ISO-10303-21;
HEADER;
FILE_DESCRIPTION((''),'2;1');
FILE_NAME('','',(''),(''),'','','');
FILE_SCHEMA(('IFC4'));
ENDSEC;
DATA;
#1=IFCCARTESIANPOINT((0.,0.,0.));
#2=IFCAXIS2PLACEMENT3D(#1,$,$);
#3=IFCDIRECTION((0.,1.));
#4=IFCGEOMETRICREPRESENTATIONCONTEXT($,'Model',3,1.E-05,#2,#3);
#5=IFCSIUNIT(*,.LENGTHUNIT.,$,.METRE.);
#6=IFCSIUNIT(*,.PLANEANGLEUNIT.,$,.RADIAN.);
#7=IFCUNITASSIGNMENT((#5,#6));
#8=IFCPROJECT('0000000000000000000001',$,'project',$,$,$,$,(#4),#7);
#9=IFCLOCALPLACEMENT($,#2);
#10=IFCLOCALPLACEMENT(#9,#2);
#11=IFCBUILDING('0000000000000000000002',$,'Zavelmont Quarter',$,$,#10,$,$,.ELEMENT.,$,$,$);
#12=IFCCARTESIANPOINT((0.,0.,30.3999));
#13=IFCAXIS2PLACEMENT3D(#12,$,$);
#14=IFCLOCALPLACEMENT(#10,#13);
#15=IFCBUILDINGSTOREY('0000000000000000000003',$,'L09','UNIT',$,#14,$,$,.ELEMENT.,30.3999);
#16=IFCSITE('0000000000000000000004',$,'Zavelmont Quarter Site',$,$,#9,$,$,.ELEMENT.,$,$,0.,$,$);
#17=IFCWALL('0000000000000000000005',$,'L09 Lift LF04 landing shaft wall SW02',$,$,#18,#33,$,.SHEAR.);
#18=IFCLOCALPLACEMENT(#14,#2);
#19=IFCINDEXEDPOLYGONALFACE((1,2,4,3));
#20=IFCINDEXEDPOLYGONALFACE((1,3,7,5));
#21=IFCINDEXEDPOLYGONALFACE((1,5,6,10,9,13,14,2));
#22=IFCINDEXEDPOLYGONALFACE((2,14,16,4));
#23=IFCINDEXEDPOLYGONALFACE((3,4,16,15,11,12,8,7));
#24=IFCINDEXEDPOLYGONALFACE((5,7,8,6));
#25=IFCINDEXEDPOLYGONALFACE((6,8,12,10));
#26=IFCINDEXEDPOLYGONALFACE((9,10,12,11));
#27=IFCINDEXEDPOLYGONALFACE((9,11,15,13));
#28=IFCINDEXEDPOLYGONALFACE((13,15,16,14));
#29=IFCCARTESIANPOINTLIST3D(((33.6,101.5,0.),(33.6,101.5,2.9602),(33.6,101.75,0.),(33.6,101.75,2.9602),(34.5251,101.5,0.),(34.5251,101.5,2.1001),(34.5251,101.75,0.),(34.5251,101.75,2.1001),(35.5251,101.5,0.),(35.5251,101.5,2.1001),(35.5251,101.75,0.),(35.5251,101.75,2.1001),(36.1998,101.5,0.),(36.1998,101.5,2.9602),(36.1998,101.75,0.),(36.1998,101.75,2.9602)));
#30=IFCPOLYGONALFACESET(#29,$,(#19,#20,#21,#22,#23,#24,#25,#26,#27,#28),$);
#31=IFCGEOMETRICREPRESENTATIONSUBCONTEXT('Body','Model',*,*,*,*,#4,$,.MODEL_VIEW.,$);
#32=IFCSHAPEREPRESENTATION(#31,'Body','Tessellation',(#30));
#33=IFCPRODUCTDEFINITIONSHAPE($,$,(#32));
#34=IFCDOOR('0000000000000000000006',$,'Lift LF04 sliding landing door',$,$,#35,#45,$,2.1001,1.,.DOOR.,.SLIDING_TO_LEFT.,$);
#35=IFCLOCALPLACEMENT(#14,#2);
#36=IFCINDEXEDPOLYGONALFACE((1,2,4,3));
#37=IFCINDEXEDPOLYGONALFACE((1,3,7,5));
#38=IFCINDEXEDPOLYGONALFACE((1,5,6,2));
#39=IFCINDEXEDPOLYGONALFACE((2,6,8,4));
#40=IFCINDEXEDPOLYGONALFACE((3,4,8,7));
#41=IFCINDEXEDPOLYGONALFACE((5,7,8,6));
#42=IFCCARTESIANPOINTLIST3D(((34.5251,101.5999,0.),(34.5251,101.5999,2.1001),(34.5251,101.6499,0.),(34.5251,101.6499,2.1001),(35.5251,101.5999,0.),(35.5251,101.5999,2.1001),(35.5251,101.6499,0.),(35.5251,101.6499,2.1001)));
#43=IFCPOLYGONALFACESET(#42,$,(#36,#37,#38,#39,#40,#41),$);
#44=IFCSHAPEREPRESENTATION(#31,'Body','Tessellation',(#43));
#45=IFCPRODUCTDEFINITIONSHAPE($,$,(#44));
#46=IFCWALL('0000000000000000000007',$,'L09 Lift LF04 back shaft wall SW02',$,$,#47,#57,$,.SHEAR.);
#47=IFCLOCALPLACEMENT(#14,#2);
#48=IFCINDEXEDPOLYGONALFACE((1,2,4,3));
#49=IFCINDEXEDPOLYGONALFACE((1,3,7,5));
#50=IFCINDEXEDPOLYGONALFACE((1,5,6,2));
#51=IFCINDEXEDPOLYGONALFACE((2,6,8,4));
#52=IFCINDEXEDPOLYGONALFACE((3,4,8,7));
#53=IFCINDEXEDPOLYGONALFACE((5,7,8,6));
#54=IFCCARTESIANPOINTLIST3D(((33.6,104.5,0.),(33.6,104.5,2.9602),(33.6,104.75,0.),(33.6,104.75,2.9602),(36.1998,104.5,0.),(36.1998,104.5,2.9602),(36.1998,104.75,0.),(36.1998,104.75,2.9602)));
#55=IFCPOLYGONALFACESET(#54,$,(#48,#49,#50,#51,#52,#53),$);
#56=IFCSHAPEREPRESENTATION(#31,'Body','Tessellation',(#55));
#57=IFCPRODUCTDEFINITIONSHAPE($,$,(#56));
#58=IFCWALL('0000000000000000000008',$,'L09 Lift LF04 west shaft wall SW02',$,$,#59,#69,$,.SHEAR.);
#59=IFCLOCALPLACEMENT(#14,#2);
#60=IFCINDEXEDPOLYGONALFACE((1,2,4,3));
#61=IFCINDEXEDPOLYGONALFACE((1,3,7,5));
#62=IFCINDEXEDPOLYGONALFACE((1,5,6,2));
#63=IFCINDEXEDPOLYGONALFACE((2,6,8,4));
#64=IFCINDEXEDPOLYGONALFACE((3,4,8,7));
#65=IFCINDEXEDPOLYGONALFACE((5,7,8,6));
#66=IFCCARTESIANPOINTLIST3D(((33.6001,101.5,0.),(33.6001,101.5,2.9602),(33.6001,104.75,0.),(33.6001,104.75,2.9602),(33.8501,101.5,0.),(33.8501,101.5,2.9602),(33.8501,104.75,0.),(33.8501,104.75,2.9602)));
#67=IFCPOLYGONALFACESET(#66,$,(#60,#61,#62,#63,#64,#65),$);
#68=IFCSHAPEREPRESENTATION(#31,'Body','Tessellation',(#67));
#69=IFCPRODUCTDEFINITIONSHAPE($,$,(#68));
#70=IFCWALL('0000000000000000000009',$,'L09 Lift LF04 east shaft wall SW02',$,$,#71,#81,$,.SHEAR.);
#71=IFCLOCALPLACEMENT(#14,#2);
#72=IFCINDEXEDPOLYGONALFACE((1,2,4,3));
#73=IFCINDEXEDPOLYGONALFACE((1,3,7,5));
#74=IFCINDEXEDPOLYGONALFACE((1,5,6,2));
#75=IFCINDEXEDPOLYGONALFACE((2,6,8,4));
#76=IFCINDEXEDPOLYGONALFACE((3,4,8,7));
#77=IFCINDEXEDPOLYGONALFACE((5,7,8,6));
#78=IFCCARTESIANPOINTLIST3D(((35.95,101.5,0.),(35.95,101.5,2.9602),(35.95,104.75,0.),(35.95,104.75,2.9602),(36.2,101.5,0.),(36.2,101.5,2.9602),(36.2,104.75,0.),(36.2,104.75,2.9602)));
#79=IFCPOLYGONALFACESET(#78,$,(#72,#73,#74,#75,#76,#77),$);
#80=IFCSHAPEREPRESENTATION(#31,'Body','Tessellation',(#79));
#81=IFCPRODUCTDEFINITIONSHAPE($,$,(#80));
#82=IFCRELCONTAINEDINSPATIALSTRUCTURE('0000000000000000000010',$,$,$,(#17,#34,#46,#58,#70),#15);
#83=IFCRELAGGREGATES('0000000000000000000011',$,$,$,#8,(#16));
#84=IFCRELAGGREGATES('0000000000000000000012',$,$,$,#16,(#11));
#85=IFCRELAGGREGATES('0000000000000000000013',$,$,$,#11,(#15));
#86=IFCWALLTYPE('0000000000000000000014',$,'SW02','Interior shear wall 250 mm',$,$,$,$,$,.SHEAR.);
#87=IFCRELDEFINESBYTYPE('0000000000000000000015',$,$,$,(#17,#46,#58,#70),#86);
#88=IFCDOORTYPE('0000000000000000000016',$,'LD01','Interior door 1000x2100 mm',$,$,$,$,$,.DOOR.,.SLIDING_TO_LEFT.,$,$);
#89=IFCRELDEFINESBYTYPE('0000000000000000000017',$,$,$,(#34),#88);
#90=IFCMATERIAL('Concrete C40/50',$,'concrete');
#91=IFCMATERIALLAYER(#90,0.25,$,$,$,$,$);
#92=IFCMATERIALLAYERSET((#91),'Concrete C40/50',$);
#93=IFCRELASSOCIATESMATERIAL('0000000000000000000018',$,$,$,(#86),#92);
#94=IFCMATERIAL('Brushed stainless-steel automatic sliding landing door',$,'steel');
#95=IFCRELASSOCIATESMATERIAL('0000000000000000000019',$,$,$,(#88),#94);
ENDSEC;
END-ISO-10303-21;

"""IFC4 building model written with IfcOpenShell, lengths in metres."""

from ifc_helpers import new_model, si_unit, direction, frame, frame_2d, origin, origin_with_axes, place, context, subcontext, project, spatial, rectangle, extrude, material, layer, layer_set, type_object, element, fill, save


model = new_model("IFC4")

# Units and contexts
model_context = context("Model", 3, precision=1e-05, world=origin(), true_north=direction((0.0, 1.0)))
body_context = subcontext(model_context, "Body", "Model", "MODEL_VIEW")
ifc_project = project(units=[si_unit("LENGTHUNIT", "METRE"), si_unit("PLANEANGLEUNIT", "RADIAN")], contexts=[model_context])

# Site, building, storey
site_placement = place(None, origin())
site = spatial("IfcSite", under=ifc_project, at=site_placement, Name="Zavelmont Quarter Site", CompositionType="ELEMENT", RefElevation=0.0)
building_placement = place(site_placement, origin())
building = spatial("IfcBuilding", under=site, at=building_placement, Name="Zavelmont Quarter", CompositionType="ELEMENT")
storey_placement = place(building_placement, frame((0.0, 0.0, 30.3999)))
storey = spatial("IfcBuildingStorey", under=building, at=storey_placement, Name="L09", Description="UNIT", CompositionType="ELEMENT", Elevation=30.3999)

# Shared definitions
ifc_material_1 = material(Name="Concrete C40/50", Category="concrete")

# Wall, opening, door
ifc_layer_1 = layer(ifc_material_1, 0.25)
ifc_layer_set_1 = layer_set([ifc_layer_1], Name="Concrete C40/50")
wall_type_1 = type_object("IfcWallType", Name="SW02", Description="Interior shear wall 250 mm", PredefinedType="SHEAR", material=ifc_layer_set_1)
wall_1_placement = place(storey_placement, frame((33.6001, 101.625, 0.0), z_axis=(0.0, 0.0, 1.0), x_axis=(1.0, 0.0, 0.0)))
wall_1 = element("IfcWall", 1, at=wall_1_placement, inside=storey, type_object=wall_type_1, Name="L09 Lift LF04 landing shaft wall SW02", PredefinedType="SHEAR", context=body_context, shape_type="SweptSolid", body=[
    extrude(rectangle(XDim=2.5999, YDim=0.25, at=frame_2d((1.2998, 0.0))), origin(), (0.0, 0.0, 1.0), 2.9602),
])
opening_1_placement = place(wall_1_placement, frame((0.925, 0.0, 0.0)))
opening_1 = element("IfcOpeningElement", 2, at=opening_1_placement, cuts=wall_1, PredefinedType="OPENING", context=body_context, shape_type="SweptSolid", body=[
    extrude(rectangle(XDim=1.0, YDim=2.1001, at=frame_2d((0.5, 1.05))), frame((0.0, 0.137, 0.0), z_axis=(0.0, -1.0, 0.0), x_axis=(1.0, 0.0, 0.0)), (0.0, 0.0, 1.0), 0.2739),
])
ifc_material_2 = material(Name="Brushed stainless-steel automatic sliding landing door", Category="steel")
door_type_1 = type_object("IfcDoorType", Name="LD01", Description="Interior door 1000x2100 mm", OperationType="SLIDING_TO_LEFT", PredefinedType="DOOR", material=ifc_material_2)
door_1_placement = place(opening_1_placement, origin_with_axes())
door_1 = element("IfcDoor", 3, at=door_1_placement, inside=storey, type_object=door_type_1, Name="Lift LF04 sliding landing door", OperationType="SLIDING_TO_LEFT", OverallHeight=2.1001, OverallWidth=1.0, PredefinedType="DOOR", context=body_context, shape_type="SweptSolid", body=[
    extrude(rectangle(XDim=1.0, YDim=2.1001, at=frame_2d((0.5, 1.05))), frame((0.0, 0.0249, 0.0), z_axis=(0.0, -1.0, 0.0), x_axis=(1.0, 0.0, 0.0)), (0.0, 0.0, 1.0), 0.05),
])
fill(opening_1, door_1)

# Walls
wall_2_placement = place(storey_placement, frame((33.6001, 104.625, 0.0), z_axis=(0.0, 0.0, 1.0), x_axis=(1.0, 0.0, 0.0)))
element("IfcWall", 4, at=wall_2_placement, inside=storey, type_object=wall_type_1, Name="L09 Lift LF04 back shaft wall SW02", PredefinedType="SHEAR", context=body_context, shape_type="SweptSolid", body=[
    extrude(rectangle(XDim=2.5999, YDim=0.25, at=frame_2d((1.2998, 0.0))), origin(), (0.0, 0.0, 1.0), 2.9602),
])
for number, where, z_axis, x_axis, name in (
    (5, (33.7251, 101.5, 0.0), (0.0, 0.0, 1.0), (0.0, 1.0, 0.0), "L09 Lift LF04 west shaft wall SW02"),
    (6, (36.075, 101.5, 0.0), (0.0, 0.0, 1.0), (0.0, 1.0, 0.0), "L09 Lift LF04 east shaft wall SW02"),
):
    element("IfcWall", number, at=place(storey_placement, frame(where, z_axis=z_axis, x_axis=x_axis)), inside=storey, type_object=wall_type_1, Name=name, PredefinedType="SHEAR", context=body_context, shape_type="SweptSolid", body=[
        extrude(rectangle(XDim=3.25, YDim=0.25, at=frame_2d((1.625, 0.0))), origin(), (0.0, 0.0, 1.0), 2.9602),
    ])

save(model, "model.ifc")
